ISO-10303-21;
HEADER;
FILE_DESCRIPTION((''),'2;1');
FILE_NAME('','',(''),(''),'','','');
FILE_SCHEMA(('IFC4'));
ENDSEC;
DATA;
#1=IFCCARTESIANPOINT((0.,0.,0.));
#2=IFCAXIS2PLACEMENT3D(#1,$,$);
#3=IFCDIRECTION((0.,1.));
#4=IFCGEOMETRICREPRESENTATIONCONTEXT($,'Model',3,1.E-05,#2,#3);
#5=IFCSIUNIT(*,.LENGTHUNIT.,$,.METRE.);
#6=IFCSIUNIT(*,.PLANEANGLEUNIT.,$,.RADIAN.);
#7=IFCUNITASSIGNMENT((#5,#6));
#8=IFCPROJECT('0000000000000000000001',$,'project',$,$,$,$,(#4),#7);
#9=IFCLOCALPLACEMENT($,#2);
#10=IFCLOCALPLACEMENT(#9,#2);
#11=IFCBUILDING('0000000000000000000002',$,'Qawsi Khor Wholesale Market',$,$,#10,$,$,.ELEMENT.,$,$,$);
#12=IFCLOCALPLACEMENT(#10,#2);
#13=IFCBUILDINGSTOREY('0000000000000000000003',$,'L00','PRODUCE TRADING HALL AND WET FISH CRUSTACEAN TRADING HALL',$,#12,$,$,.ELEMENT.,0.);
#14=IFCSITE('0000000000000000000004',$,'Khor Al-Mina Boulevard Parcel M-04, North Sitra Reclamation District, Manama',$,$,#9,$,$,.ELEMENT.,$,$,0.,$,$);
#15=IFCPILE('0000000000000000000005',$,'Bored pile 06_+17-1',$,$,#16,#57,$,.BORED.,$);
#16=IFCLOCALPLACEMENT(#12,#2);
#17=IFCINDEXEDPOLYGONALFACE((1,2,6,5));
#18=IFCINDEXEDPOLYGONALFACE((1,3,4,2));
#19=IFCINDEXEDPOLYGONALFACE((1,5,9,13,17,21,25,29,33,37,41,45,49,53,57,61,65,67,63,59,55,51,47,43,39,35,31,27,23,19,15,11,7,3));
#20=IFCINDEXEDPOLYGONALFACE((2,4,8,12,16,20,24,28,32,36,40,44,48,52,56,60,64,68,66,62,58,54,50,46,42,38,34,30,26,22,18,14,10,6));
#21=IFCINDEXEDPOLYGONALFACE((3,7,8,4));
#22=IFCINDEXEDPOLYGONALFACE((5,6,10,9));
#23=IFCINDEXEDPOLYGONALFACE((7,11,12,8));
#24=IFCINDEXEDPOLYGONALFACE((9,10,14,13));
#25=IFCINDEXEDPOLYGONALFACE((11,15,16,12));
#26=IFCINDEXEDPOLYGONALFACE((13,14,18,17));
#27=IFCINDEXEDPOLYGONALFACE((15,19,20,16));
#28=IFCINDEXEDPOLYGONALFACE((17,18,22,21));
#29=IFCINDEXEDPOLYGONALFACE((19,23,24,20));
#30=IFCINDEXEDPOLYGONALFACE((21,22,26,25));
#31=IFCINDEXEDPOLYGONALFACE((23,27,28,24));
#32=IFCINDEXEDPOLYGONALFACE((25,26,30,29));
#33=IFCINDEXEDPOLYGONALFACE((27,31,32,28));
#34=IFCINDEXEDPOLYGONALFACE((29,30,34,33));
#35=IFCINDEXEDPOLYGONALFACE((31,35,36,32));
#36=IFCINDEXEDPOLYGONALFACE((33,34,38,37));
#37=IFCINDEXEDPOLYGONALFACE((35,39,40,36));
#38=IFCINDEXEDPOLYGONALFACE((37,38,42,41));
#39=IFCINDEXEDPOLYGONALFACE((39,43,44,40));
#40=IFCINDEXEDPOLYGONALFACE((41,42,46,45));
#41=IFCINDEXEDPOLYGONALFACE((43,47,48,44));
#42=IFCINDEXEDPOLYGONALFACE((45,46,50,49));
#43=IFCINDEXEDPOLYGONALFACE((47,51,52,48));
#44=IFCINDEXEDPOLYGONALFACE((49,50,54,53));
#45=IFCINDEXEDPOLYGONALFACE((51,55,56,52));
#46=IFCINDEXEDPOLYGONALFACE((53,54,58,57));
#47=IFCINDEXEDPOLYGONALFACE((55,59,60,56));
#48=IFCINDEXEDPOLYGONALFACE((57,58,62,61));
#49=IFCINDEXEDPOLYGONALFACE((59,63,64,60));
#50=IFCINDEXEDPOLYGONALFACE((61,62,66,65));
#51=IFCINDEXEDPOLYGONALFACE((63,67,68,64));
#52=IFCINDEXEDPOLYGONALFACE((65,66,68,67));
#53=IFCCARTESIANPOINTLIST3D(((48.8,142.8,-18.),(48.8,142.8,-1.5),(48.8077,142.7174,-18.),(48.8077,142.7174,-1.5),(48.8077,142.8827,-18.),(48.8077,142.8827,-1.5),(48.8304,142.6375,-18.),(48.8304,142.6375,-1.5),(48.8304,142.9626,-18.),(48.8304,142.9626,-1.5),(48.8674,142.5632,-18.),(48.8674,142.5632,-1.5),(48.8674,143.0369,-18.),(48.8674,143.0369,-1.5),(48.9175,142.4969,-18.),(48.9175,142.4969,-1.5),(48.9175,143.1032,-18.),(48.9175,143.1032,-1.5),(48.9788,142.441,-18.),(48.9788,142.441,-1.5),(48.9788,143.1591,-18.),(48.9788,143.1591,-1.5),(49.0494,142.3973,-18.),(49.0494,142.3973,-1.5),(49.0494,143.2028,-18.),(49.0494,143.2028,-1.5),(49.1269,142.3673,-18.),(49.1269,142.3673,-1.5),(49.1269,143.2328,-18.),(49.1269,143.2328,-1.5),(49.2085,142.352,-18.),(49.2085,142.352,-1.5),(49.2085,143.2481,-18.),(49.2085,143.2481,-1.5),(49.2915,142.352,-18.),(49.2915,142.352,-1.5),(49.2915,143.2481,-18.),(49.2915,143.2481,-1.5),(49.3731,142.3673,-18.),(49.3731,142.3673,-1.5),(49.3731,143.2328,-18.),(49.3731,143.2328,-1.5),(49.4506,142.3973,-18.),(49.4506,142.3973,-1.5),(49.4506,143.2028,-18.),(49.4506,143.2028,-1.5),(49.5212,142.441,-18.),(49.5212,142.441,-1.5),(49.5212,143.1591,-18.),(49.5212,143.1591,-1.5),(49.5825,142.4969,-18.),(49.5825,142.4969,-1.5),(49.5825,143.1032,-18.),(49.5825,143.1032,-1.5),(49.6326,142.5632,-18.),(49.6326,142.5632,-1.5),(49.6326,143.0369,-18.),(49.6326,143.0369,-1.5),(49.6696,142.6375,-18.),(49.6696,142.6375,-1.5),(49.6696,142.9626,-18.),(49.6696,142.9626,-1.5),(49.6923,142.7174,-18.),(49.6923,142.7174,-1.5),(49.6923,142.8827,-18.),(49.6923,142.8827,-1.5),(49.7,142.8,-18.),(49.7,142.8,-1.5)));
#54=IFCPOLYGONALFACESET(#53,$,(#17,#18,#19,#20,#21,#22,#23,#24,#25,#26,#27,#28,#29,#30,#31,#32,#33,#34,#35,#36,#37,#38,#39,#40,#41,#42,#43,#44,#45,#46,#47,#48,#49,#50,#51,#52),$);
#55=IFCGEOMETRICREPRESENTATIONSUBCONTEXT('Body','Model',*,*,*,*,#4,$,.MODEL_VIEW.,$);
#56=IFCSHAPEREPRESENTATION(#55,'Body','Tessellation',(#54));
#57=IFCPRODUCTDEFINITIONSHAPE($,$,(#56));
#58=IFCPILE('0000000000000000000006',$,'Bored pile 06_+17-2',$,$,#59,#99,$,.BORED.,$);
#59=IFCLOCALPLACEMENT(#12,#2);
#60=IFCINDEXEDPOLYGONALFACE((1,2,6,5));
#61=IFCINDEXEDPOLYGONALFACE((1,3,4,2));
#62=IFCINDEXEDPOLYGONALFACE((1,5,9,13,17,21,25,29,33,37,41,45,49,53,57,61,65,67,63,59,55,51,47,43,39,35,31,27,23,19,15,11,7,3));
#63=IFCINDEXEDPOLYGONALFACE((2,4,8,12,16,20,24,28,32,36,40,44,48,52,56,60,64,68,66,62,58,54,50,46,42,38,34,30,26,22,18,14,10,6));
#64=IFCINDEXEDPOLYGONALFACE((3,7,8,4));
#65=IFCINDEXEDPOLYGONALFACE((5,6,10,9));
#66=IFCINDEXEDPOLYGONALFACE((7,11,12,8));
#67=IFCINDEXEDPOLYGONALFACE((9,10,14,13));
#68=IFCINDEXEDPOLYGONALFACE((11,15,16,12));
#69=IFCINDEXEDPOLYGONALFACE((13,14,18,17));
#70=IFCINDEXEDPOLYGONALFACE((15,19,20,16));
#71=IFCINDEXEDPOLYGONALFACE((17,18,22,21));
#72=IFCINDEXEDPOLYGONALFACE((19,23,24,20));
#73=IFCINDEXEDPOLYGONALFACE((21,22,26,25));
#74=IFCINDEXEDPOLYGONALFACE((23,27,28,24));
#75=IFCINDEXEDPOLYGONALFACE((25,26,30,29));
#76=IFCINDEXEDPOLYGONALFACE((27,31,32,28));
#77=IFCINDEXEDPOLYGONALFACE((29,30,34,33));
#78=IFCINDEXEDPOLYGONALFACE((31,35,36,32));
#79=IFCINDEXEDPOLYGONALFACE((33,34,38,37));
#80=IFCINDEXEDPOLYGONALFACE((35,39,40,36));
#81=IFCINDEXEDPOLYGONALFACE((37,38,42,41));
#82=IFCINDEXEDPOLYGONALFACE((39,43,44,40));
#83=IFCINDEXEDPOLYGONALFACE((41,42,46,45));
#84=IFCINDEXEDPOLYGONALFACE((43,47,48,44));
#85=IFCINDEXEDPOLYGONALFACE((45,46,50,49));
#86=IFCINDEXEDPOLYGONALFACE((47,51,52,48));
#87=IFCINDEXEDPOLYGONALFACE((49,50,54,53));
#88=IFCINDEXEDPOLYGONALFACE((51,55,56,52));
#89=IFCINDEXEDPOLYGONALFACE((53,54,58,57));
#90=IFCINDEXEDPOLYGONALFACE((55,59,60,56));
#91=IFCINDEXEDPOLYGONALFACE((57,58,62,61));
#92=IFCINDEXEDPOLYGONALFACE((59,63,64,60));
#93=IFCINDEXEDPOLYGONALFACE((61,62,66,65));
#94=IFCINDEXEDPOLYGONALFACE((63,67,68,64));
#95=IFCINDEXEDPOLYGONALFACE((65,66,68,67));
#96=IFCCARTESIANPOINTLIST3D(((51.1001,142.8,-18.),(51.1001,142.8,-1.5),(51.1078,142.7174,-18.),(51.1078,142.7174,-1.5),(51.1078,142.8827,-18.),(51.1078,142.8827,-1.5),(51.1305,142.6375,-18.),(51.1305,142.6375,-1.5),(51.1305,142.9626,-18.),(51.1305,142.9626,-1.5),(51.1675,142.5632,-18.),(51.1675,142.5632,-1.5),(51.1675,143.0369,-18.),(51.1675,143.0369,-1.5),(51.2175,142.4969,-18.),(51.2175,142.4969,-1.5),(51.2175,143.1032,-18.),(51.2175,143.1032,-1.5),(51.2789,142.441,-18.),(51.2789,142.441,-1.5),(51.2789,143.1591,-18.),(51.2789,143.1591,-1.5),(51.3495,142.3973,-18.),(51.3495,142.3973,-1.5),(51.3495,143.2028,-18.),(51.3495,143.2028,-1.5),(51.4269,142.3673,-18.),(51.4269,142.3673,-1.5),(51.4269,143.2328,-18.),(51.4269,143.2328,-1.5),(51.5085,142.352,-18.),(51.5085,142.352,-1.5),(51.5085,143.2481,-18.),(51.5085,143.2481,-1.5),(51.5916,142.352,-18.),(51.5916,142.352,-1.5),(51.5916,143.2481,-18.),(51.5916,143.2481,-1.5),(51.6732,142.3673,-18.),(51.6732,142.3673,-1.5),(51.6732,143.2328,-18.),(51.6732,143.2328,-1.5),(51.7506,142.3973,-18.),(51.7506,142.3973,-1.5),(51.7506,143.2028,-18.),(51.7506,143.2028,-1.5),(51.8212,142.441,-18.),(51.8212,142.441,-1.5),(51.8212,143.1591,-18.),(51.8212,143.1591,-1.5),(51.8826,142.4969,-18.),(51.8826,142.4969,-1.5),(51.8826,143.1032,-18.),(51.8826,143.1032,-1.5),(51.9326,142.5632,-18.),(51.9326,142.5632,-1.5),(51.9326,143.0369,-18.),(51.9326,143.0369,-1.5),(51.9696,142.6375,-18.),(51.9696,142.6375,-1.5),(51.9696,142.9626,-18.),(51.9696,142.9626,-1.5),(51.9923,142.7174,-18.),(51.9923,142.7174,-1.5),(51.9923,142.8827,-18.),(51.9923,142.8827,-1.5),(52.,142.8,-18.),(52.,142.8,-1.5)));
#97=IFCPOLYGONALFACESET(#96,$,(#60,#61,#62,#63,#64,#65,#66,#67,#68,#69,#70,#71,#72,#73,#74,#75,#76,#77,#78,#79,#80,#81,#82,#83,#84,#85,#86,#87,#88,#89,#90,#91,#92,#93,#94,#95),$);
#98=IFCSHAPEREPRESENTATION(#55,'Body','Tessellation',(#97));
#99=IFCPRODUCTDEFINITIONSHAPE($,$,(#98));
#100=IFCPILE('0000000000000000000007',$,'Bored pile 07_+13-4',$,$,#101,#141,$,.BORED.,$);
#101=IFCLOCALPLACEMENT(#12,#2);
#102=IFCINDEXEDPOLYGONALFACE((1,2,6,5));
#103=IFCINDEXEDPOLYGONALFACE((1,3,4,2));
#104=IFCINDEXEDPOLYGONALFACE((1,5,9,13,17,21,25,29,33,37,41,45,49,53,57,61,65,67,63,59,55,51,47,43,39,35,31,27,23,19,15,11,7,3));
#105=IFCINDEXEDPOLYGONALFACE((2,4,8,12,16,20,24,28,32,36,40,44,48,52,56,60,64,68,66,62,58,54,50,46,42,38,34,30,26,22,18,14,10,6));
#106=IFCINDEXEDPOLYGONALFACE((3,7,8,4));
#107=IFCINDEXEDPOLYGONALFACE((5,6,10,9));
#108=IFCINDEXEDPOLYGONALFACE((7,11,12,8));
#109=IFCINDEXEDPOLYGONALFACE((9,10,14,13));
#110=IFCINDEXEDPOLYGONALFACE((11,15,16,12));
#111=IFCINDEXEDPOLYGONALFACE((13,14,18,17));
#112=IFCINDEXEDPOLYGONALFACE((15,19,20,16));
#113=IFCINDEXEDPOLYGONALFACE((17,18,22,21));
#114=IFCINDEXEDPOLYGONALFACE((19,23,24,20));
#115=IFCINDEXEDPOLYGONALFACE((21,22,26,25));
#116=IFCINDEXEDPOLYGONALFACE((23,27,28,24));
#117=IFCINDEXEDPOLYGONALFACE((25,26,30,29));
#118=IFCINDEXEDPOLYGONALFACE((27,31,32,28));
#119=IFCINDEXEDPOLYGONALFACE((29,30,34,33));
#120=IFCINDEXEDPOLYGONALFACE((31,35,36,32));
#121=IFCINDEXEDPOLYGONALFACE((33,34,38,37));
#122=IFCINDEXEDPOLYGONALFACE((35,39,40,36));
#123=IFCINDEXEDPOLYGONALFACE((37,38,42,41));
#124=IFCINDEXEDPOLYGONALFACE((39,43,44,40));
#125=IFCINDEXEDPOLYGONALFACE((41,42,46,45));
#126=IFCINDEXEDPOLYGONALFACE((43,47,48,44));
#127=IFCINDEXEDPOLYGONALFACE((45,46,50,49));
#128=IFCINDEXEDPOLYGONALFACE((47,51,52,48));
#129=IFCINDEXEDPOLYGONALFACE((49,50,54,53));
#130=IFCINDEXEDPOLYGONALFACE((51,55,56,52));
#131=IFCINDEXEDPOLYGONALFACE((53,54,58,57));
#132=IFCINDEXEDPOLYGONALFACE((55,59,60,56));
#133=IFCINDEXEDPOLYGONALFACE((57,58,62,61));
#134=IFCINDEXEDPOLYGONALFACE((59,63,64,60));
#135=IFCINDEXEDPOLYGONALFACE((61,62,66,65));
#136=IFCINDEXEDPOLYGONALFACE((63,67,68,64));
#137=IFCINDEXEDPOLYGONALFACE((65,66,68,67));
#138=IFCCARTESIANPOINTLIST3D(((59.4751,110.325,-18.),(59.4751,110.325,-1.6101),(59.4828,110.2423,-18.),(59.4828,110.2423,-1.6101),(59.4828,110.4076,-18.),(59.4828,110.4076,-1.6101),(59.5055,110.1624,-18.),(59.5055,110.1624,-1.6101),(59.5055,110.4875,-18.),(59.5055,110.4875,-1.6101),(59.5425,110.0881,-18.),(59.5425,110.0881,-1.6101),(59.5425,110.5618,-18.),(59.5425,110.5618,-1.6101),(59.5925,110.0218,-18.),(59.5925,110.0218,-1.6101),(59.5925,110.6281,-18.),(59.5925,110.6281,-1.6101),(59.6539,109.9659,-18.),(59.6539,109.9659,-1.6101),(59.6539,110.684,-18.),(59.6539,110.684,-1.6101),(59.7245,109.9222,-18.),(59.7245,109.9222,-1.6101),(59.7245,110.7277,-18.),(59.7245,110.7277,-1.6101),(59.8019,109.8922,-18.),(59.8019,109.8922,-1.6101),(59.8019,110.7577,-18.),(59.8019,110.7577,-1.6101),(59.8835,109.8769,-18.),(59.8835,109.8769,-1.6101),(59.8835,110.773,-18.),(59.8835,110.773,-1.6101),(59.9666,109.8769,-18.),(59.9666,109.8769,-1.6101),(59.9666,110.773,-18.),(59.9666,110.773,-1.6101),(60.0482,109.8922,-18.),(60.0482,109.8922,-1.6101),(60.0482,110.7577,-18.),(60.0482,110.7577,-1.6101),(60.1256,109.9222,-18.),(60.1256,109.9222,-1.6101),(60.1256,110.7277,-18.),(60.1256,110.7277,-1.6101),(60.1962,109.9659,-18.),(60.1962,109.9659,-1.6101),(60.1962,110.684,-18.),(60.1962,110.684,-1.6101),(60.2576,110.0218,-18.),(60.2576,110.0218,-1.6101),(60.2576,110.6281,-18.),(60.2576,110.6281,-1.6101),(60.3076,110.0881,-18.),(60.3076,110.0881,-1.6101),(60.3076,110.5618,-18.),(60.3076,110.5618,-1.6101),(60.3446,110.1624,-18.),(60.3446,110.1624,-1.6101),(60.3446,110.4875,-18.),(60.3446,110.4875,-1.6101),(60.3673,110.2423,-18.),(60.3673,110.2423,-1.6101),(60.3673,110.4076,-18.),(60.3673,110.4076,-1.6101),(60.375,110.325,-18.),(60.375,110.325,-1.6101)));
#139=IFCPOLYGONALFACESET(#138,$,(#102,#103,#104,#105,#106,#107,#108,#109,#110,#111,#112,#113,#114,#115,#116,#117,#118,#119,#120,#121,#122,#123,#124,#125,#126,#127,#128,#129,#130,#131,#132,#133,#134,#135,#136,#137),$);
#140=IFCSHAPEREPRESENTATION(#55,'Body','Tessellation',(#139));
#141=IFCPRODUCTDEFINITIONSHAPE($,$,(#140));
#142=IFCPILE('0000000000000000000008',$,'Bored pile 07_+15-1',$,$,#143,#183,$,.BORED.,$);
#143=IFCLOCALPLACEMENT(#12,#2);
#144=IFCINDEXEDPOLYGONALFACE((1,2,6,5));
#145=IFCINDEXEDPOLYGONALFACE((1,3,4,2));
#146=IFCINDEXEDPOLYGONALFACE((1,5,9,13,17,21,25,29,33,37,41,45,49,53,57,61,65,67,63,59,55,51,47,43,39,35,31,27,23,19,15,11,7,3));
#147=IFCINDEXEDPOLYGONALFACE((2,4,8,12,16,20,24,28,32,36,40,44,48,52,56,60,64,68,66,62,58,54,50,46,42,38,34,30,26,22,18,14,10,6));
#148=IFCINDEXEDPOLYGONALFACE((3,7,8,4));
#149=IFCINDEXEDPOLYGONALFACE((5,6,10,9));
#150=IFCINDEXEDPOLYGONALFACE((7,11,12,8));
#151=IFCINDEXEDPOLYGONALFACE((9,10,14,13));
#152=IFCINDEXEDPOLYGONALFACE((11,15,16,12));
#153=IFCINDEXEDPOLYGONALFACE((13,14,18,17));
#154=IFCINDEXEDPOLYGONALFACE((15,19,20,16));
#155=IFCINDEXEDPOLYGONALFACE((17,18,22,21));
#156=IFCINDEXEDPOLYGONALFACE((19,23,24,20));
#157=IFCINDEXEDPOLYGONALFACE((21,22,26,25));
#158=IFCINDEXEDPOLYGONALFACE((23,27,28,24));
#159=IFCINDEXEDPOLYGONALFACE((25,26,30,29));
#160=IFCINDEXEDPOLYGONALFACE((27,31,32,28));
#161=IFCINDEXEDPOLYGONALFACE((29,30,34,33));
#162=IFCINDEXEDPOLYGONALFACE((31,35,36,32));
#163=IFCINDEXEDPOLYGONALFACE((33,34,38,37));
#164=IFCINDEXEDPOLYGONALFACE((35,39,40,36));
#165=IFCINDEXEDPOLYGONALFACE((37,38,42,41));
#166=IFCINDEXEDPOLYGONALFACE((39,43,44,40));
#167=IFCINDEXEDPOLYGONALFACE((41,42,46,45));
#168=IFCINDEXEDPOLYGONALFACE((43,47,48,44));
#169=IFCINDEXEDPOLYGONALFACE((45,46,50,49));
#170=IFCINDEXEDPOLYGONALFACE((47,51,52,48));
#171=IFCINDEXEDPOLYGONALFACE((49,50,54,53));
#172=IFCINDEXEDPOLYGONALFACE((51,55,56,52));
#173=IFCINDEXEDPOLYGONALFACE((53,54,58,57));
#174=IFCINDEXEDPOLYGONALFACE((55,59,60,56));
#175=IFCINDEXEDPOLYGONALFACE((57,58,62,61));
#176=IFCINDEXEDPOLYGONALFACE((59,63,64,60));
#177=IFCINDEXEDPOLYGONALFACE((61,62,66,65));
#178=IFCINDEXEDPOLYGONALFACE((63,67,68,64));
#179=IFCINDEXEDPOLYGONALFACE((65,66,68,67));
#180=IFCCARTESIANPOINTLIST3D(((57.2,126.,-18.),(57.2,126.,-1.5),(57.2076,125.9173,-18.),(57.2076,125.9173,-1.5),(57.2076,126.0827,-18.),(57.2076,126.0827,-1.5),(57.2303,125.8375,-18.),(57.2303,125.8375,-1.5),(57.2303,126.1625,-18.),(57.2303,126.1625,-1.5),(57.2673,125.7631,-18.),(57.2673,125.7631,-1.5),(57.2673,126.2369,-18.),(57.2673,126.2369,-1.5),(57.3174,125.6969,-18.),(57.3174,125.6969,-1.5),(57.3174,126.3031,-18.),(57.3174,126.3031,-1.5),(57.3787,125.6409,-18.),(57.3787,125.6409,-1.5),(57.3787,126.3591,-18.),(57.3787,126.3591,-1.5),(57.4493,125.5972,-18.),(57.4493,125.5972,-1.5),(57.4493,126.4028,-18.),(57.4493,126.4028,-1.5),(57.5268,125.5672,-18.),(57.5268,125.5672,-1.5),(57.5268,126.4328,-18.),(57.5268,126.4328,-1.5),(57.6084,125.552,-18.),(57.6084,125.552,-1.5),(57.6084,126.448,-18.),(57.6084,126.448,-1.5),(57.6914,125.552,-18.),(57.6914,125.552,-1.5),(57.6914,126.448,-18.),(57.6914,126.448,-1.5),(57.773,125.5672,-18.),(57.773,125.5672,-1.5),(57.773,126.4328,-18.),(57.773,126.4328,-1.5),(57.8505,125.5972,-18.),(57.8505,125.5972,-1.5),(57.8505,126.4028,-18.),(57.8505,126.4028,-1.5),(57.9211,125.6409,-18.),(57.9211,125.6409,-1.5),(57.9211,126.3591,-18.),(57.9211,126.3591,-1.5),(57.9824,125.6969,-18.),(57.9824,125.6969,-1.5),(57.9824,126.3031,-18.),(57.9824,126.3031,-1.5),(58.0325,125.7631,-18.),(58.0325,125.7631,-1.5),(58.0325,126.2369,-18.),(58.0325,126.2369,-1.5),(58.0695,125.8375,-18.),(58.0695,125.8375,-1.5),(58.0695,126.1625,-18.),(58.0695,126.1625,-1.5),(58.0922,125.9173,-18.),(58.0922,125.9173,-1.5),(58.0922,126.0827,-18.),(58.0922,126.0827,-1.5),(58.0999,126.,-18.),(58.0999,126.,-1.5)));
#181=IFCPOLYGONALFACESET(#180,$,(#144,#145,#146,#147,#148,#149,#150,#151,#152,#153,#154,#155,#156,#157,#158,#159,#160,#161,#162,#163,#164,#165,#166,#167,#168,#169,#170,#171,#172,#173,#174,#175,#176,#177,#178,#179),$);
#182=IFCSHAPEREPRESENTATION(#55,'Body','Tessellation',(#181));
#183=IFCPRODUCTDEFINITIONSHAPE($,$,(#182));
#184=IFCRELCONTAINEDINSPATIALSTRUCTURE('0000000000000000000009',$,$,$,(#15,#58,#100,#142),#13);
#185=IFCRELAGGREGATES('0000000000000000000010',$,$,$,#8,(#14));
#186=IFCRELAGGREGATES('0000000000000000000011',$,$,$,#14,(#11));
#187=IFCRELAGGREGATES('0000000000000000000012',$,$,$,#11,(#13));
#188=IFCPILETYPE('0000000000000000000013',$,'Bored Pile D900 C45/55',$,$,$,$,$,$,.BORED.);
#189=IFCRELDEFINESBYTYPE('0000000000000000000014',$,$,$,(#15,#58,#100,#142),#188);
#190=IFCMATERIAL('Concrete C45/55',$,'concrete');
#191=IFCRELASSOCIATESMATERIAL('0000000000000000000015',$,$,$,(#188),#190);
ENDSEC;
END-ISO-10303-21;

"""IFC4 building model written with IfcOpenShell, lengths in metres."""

from ifc_helpers import new_model, si_unit, direction, frame, origin, origin_2d, place, context, subcontext, project, spatial, circle, extrude, material, material_profile, profile_set, type_object, element, save


model = new_model("IFC4")

# Units and contexts
model_context = context("Model", 3, precision=1e-05, world=origin(), true_north=direction((0.0, 1.0)))
body_context = subcontext(model_context, "Body", "Model", "MODEL_VIEW")
ifc_project = project(units=[si_unit("LENGTHUNIT", "METRE"), si_unit("PLANEANGLEUNIT", "RADIAN")], contexts=[model_context])

# Site, building, storey
site_placement = place(None, origin())
site = spatial("IfcSite", under=ifc_project, at=site_placement, Name="Khor Al-Mina Boulevard Parcel M-04, North Sitra Reclamation District, Manama", CompositionType="ELEMENT", RefElevation=0.0)
building_placement = place(site_placement, origin())
building = spatial("IfcBuilding", under=site, at=building_placement, Name="Qawsi Khor Wholesale Market", CompositionType="ELEMENT")
storey_placement = place(building_placement, origin())
storey = spatial("IfcBuildingStorey", under=building, at=storey_placement, Name="L00", Description="PRODUCE TRADING HALL AND WET FISH CRUSTACEAN TRADING HALL", CompositionType="ELEMENT", Elevation=0.0)

# Piles
ifc_material_1 = material(Name="Concrete C45/55", Category="concrete")
ifc_material_profile_1 = material_profile(ifc_material_1, circle(Radius=0.45, at=origin_2d()), Name="PILE D900")
ifc_profile_set_1 = profile_set([ifc_material_profile_1], Name="Concrete C45/55")
pile_type = type_object("IfcPileType", Name="Bored Pile D900 C45/55", PredefinedType="BORED", material=ifc_profile_set_1)
for number, where, z_axis, x_axis, name in (
    (1, (49.25, 142.8, -1.5), (0.0, 0.0, -1.0), (1.0, 0.0, 0.0), "Bored pile 06_+17-1"),
    (2, (51.55, 142.8, -1.5), (0.0, 0.0, -1.0), (1.0, 0.0, 0.0), "Bored pile 06_+17-2"),
):
    element("IfcPile", number, at=place(storey_placement, frame(where, z_axis=z_axis, x_axis=x_axis)), inside=storey, type_object=pile_type, Name=name, PredefinedType="BORED", context=body_context, shape_type="SweptSolid", body=[
        extrude(circle(Radius=0.45, at=origin_2d()), origin(), (0.0, 0.0, 1.0), 16.5),
    ])
pile_placement = place(storey_placement, frame((59.925, 110.325, -1.6101), z_axis=(0.0, 0.0, -1.0), x_axis=(1.0, 0.0, 0.0)))
element("IfcPile", 3, at=pile_placement, inside=storey, type_object=pile_type, Name="Bored pile 07_+13-4", PredefinedType="BORED", context=body_context, shape_type="SweptSolid", body=[
    extrude(circle(Radius=0.45, at=origin_2d()), origin(), (0.0, 0.0, 1.0), 16.3899),
])
for number, where, z_axis, x_axis, name in (
    (4, (57.6499, 126.0, -1.5), (0.0, 0.0, -1.0), (1.0, 0.0, 0.0), "Bored pile 07_+15-1"),
):
    element("IfcPile", number, at=place(storey_placement, frame(where, z_axis=z_axis, x_axis=x_axis)), inside=storey, type_object=pile_type, Name=name, PredefinedType="BORED", context=body_context, shape_type="SweptSolid", body=[
        extrude(circle(Radius=0.45, at=origin_2d()), origin(), (0.0, 0.0, 1.0), 16.5),
    ])

save(model, "model.ifc")
